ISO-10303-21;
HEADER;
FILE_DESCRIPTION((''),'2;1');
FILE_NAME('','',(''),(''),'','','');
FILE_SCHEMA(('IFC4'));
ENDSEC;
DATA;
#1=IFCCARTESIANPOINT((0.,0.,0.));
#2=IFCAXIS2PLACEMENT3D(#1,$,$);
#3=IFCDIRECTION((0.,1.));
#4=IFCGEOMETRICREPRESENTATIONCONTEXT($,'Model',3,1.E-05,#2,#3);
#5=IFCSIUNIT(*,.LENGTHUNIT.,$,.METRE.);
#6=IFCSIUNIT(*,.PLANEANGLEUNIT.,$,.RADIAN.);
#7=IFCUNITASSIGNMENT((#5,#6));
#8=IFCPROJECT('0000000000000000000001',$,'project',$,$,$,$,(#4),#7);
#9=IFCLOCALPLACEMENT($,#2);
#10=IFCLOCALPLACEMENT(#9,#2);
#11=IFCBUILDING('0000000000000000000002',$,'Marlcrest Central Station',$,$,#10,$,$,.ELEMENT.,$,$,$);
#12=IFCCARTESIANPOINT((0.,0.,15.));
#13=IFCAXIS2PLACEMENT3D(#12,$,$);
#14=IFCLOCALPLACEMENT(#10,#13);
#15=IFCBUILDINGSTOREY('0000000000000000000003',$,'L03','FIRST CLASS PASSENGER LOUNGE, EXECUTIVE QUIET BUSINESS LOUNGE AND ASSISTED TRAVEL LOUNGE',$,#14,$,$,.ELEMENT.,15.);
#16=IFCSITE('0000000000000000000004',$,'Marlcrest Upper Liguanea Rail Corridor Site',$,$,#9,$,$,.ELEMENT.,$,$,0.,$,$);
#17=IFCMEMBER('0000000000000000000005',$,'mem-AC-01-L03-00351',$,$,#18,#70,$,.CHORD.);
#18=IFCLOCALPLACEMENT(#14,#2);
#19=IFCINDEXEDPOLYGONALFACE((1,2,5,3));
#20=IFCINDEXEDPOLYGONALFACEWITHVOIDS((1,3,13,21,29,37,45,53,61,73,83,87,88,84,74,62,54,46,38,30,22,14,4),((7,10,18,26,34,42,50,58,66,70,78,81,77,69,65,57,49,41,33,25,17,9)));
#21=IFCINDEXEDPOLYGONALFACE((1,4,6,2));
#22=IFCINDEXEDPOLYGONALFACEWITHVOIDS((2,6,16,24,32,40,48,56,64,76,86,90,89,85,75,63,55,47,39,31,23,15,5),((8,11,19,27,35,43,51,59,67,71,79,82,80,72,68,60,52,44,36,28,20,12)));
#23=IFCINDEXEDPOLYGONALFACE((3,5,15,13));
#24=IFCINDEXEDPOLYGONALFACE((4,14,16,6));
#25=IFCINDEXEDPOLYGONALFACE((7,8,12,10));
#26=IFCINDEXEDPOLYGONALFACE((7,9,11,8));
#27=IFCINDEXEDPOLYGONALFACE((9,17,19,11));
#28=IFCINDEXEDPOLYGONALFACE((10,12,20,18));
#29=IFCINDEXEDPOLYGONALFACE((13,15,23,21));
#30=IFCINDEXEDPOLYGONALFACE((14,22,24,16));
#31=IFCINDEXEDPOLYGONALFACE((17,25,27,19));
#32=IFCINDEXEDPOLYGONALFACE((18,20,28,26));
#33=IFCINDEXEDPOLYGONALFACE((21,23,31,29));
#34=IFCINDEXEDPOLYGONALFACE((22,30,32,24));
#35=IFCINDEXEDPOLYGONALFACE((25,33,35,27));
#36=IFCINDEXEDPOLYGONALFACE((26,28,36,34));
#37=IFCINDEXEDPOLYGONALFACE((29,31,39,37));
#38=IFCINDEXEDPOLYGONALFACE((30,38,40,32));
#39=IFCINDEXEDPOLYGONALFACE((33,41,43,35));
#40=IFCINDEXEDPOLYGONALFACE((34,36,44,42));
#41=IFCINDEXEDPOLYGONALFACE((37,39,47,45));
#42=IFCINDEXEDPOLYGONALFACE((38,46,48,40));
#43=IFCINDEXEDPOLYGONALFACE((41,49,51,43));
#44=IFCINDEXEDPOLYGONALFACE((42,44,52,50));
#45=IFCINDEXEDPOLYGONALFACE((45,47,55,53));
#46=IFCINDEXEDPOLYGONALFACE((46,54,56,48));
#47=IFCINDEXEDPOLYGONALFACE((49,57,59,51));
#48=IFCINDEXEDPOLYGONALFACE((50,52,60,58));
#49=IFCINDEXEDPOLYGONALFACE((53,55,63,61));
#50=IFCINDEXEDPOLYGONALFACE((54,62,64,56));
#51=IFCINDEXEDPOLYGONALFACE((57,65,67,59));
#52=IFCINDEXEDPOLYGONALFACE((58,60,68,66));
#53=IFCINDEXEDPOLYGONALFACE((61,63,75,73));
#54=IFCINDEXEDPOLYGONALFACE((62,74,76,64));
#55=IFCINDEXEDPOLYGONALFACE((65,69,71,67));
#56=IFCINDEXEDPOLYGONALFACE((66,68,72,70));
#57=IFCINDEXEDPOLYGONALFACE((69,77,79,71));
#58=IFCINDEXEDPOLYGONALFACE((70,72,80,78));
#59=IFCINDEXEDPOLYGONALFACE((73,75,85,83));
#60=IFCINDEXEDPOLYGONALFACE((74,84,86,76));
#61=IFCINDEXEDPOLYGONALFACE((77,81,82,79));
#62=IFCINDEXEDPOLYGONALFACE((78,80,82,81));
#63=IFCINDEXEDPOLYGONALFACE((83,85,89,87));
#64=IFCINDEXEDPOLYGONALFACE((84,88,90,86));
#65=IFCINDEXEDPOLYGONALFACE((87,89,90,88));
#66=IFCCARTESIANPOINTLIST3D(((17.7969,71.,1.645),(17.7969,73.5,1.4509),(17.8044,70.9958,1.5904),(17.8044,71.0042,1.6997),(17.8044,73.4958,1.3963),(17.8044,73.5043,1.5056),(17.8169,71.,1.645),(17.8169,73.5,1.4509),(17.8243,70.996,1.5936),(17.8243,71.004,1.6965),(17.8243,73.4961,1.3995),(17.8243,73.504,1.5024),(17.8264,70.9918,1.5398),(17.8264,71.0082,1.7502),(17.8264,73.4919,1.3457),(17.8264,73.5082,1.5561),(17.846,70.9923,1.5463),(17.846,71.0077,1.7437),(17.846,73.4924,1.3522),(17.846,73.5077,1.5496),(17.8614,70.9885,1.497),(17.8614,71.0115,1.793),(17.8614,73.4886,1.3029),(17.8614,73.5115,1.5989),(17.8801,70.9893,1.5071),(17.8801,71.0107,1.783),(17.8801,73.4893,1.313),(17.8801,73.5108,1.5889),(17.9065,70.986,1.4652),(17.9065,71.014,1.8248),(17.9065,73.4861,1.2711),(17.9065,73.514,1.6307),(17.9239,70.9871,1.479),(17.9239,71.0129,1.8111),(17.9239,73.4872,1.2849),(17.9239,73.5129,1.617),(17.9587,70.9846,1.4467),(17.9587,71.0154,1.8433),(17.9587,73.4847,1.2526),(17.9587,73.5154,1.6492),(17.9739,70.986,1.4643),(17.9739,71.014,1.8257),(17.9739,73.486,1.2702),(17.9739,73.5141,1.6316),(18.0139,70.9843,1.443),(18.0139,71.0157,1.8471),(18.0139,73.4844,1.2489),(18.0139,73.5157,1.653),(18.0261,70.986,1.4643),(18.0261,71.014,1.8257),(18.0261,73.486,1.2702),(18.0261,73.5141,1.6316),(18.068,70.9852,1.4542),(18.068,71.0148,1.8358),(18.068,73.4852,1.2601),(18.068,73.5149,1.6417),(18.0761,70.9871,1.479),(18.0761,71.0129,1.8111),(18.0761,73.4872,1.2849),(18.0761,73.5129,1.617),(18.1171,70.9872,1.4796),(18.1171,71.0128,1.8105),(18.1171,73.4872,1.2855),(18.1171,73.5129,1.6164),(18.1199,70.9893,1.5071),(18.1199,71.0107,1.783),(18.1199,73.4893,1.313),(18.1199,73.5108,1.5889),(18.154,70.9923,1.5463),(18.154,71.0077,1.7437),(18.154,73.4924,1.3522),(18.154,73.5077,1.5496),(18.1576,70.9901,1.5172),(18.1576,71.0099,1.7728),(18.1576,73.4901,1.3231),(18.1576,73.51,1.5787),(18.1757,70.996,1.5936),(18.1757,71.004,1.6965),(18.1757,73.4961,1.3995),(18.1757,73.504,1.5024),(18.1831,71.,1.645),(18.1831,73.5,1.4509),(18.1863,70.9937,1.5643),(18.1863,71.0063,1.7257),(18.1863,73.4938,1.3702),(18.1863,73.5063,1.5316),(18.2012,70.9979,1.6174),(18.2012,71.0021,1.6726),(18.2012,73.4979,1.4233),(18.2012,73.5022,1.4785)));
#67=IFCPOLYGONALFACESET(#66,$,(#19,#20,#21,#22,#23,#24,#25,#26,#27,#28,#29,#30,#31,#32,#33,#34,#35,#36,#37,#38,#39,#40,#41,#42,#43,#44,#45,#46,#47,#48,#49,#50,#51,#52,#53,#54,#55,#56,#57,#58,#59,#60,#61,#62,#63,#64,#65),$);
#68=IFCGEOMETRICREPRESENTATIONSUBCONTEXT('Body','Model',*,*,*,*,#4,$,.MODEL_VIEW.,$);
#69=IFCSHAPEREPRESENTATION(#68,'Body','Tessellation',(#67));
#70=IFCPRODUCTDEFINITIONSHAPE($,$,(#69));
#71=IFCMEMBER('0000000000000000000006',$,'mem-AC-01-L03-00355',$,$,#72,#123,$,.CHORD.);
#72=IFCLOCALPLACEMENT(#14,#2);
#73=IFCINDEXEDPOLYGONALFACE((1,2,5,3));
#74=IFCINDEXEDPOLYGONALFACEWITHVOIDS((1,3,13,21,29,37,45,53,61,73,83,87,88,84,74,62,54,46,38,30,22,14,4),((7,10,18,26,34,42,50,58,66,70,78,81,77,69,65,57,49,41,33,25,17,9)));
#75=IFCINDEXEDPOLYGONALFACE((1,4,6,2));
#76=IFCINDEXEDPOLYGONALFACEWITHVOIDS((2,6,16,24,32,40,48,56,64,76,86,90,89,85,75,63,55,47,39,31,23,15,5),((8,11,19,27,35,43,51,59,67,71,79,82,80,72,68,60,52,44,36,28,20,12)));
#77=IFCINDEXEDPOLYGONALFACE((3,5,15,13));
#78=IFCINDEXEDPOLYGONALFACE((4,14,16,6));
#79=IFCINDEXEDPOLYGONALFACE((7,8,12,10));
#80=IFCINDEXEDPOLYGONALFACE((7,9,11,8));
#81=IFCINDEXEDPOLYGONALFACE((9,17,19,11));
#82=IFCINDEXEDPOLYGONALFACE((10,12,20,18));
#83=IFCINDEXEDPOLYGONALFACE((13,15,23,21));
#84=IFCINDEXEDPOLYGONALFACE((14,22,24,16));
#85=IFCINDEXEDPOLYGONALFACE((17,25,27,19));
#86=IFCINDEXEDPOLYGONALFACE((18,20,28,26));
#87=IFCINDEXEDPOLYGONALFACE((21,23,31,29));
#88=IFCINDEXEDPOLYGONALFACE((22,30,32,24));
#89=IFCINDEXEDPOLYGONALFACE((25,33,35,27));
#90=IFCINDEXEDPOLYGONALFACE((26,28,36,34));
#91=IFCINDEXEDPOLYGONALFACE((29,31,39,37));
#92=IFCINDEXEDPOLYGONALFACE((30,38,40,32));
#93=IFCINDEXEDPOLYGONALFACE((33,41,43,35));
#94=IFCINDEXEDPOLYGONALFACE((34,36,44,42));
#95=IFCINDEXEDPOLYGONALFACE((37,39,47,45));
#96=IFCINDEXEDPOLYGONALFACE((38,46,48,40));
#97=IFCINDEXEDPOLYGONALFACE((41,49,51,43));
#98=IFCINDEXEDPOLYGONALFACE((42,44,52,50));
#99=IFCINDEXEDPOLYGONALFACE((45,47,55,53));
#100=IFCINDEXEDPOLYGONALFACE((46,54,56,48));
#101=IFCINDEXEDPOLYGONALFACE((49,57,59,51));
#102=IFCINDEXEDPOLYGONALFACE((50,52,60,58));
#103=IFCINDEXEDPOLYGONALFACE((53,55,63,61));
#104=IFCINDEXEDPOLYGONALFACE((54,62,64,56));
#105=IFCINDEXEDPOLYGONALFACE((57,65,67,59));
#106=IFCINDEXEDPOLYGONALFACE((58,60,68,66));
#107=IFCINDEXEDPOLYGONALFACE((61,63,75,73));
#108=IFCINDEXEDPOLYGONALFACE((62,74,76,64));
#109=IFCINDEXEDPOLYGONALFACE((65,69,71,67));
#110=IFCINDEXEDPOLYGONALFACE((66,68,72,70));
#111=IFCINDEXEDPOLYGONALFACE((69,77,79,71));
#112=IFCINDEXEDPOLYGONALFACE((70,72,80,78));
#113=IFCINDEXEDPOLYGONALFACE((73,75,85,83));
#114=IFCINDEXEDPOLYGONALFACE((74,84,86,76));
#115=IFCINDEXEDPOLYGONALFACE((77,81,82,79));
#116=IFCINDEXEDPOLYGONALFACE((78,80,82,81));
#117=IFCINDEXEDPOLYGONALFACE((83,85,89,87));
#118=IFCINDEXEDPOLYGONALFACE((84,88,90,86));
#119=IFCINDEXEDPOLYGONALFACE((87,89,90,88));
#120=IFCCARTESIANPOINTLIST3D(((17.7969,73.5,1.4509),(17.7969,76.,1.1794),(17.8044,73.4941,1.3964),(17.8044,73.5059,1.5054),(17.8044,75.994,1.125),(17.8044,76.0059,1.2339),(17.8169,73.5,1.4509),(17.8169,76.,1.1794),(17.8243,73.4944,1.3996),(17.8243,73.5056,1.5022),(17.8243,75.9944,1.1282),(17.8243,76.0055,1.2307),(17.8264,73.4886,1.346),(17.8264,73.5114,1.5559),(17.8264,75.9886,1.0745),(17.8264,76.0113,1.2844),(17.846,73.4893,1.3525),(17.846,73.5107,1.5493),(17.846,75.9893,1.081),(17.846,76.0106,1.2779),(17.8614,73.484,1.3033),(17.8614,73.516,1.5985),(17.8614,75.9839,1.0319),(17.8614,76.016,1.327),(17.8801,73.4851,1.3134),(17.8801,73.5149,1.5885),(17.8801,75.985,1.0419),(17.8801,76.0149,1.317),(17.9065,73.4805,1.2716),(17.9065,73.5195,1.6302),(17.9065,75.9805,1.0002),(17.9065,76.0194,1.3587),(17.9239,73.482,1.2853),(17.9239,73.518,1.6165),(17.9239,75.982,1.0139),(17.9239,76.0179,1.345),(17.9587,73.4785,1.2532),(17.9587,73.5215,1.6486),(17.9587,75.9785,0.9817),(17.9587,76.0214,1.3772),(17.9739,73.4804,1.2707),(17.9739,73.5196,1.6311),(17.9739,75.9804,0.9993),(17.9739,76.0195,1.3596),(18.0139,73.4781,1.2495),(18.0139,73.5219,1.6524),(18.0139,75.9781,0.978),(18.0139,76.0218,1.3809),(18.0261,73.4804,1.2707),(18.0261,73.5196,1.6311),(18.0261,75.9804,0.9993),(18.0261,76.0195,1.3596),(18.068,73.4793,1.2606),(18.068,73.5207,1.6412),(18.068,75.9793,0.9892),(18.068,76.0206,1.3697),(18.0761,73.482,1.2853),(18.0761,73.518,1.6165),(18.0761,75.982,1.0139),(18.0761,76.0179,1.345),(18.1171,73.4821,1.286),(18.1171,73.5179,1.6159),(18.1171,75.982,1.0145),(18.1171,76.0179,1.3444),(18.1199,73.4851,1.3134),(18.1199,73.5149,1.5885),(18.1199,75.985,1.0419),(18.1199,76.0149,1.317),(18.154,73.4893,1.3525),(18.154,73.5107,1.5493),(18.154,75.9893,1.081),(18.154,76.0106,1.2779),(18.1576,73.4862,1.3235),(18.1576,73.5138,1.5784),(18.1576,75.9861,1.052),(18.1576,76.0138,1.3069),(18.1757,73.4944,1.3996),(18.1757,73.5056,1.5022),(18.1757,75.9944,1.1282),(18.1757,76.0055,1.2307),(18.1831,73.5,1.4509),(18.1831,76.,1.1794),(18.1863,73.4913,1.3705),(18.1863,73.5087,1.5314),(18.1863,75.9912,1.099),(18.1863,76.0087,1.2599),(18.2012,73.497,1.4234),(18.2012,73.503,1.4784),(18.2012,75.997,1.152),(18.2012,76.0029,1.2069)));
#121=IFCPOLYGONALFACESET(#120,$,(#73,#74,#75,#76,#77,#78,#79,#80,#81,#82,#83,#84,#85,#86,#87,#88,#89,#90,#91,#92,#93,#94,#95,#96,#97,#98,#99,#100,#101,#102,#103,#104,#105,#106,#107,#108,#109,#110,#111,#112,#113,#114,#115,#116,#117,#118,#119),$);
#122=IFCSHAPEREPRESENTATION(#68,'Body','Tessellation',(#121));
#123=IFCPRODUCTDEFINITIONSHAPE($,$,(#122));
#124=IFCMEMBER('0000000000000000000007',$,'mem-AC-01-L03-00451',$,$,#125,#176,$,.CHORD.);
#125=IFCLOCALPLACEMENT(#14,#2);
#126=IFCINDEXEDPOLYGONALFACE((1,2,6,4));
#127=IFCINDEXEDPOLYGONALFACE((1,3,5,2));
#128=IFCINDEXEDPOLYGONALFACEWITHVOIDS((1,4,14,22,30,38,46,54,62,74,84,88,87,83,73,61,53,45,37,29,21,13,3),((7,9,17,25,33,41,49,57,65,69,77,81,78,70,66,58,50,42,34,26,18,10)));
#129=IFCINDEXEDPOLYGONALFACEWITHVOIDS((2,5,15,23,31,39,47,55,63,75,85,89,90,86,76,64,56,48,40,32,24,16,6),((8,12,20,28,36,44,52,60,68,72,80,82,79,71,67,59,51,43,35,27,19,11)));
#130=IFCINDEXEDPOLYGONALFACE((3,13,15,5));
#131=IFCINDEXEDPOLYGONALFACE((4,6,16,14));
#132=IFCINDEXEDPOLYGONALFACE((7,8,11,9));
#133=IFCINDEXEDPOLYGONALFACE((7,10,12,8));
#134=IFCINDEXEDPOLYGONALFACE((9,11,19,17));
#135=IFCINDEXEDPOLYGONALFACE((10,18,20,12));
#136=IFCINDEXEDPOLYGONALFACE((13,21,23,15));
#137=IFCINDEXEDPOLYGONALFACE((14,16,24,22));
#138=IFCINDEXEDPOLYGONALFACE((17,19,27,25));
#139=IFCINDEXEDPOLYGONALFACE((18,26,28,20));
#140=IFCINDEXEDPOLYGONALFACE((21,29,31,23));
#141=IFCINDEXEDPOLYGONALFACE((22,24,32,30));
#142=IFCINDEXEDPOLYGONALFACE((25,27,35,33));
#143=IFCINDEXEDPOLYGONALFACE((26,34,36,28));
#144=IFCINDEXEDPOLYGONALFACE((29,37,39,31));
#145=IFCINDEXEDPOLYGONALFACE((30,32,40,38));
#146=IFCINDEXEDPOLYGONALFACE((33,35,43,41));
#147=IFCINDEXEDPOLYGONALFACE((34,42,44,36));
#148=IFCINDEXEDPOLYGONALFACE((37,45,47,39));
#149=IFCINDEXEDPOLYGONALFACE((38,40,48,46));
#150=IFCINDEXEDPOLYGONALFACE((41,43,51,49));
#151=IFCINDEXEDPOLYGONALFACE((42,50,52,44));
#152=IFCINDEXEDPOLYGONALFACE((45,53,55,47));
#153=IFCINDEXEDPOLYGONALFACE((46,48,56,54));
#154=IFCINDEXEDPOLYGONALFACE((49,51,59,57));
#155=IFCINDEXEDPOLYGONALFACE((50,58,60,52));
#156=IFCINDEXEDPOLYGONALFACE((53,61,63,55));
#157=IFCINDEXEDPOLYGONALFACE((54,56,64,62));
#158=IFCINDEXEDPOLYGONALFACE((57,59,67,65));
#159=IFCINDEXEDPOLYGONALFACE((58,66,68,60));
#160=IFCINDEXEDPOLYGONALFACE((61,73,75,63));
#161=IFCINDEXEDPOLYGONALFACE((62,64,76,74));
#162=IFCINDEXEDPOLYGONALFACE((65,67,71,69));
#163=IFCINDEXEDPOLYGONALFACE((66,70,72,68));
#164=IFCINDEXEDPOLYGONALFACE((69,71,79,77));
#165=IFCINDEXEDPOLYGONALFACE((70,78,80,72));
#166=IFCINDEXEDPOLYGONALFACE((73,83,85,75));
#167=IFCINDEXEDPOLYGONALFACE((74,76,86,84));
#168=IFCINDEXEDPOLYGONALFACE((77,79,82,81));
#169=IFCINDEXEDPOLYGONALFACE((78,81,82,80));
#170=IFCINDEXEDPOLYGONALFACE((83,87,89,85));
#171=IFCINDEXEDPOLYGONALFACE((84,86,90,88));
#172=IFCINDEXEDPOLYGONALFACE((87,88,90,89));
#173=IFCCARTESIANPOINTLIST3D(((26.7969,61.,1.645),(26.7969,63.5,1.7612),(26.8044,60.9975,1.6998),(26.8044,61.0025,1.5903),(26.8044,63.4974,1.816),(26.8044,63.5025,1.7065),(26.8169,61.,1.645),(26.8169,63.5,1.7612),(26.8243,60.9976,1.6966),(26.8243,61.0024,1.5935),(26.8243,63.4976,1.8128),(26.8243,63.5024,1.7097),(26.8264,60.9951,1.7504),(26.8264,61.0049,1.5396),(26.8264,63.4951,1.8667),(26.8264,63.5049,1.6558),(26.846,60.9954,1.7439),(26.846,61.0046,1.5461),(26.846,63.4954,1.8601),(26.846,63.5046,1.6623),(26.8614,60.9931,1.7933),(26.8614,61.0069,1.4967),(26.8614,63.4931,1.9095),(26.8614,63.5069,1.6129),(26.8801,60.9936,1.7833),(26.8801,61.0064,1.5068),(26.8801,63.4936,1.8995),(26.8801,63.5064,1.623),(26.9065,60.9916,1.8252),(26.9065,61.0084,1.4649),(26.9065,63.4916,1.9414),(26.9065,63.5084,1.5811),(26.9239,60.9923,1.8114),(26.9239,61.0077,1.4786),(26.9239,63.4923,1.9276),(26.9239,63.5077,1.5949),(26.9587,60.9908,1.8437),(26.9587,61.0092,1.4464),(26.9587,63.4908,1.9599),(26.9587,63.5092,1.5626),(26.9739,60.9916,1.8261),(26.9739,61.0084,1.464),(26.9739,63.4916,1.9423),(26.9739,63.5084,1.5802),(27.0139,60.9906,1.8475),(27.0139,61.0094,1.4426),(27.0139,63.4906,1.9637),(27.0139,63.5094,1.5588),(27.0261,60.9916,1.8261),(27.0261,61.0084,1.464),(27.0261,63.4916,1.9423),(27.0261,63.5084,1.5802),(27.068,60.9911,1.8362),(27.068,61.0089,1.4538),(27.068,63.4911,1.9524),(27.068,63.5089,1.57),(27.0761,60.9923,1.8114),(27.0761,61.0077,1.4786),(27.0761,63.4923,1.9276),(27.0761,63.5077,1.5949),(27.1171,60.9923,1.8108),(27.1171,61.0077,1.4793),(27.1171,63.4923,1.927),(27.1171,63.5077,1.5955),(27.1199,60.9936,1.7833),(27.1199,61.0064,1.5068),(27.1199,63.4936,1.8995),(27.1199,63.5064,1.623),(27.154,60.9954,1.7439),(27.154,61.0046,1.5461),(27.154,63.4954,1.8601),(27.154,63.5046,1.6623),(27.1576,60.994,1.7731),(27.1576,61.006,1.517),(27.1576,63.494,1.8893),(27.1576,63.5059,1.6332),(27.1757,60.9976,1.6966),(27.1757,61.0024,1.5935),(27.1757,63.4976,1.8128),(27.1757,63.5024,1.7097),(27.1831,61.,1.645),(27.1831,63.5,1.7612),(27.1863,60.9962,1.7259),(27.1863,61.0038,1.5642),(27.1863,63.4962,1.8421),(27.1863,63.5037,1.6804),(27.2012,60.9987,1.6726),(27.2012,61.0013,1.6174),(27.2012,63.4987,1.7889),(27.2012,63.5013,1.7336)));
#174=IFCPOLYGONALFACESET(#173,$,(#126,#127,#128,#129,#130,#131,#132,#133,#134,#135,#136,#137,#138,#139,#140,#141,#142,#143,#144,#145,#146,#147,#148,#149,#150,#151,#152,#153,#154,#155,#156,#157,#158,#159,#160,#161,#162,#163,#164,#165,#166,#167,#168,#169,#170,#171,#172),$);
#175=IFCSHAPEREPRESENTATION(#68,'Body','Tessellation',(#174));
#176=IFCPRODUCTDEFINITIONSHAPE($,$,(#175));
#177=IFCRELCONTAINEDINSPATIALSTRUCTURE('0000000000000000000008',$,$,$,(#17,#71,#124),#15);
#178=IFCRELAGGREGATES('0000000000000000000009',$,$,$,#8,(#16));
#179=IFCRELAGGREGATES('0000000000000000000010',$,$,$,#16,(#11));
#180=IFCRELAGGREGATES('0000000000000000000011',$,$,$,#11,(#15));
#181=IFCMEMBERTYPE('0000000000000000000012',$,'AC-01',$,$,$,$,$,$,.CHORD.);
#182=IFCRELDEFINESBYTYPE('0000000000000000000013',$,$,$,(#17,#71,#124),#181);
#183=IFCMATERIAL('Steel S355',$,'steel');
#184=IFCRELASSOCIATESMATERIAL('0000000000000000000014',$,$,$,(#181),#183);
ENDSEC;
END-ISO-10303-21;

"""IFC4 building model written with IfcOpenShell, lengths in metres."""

from ifc_helpers import new_model, si_unit, direction, frame, origin, origin_2d, place, context, subcontext, project, spatial, hollow_circle, extrude, material, material_profile, profile_set, type_object, element, save


model = new_model("IFC4")

# Units and contexts
model_context = context("Model", 3, precision=1e-05, world=origin(), true_north=direction((0.0, 1.0)))
body_context = subcontext(model_context, "Body", "Model", "MODEL_VIEW")
ifc_project = project(units=[si_unit("LENGTHUNIT", "METRE"), si_unit("PLANEANGLEUNIT", "RADIAN")], contexts=[model_context])

# Site, building, storey
site_placement = place(None, origin())
site = spatial("IfcSite", under=ifc_project, at=site_placement, Name="Marlcrest Upper Liguanea Rail Corridor Site", CompositionType="ELEMENT", RefElevation=0.0)
building_placement = place(site_placement, origin())
building = spatial("IfcBuilding", under=site, at=building_placement, Name="Marlcrest Central Station", CompositionType="ELEMENT")
storey_placement = place(building_placement, frame((0.0, 0.0, 15.0)))
storey = spatial("IfcBuildingStorey", under=building, at=storey_placement, Name="L03", Description="FIRST CLASS PASSENGER LOUNGE, EXECUTIVE QUIET BUSINESS LOUNGE AND ASSISTED TRAVEL LOUNGE", CompositionType="ELEMENT", Elevation=15.0)

# Members
ifc_material_1 = material(Name="Steel S355", Category="steel")
ifc_material_profile_1 = material_profile(ifc_material_1, hollow_circle(Radius=0.2031, WallThickness=0.02, at=origin_2d()), Name="CHS 406.4x20")
ifc_profile_set_1 = profile_set([ifc_material_profile_1], Name="Steel S355")
member_type_1 = type_object("IfcMemberType", Name="AC-01", PredefinedType="CHORD", material=ifc_profile_set_1)
member_1_placement = place(storey_placement, frame((18.0, 71.0, 1.645), z_axis=(0.0, 0.997, -0.077404), x_axis=(-1.0, 0.0, 0.0)))
element("IfcMember", 1, at=member_1_placement, inside=storey, type_object=member_type_1, Name="mem-AC-01-L03-00351", PredefinedType="CHORD", context=body_context, shape_type="SweptSolid", body=[
    extrude(hollow_circle(Radius=0.2031, WallThickness=0.02, at=origin_2d()), origin(), (0.0, 0.0, 1.0), 2.5076),
])
member_2_placement = place(storey_placement, frame((18.0, 73.5, 1.4509), z_axis=(0.0, 0.994155, -0.107959), x_axis=(-1.0, 0.0, 0.0)))
element("IfcMember", 2, at=member_2_placement, inside=storey, type_object=member_type_1, Name="mem-AC-01-L03-00355", PredefinedType="CHORD", context=body_context, shape_type="SweptSolid", body=[
    extrude(hollow_circle(Radius=0.2031, WallThickness=0.02, at=origin_2d()), origin(), (0.0, 0.0, 1.0), 2.5146),
])
member_3_placement = place(storey_placement, frame((27.0, 61.0, 1.645), z_axis=(0.0, 0.998921, 0.046434), x_axis=(-1.0, 0.0, 0.0)))
element("IfcMember", 3, at=member_3_placement, inside=storey, type_object=member_type_1, Name="mem-AC-01-L03-00451", PredefinedType="CHORD", context=body_context, shape_type="SweptSolid", body=[
    extrude(hollow_circle(Radius=0.2031, WallThickness=0.02, at=origin_2d()), origin(), (0.0, 0.0, 1.0), 2.5027),
])

save(model, "model.ifc")
